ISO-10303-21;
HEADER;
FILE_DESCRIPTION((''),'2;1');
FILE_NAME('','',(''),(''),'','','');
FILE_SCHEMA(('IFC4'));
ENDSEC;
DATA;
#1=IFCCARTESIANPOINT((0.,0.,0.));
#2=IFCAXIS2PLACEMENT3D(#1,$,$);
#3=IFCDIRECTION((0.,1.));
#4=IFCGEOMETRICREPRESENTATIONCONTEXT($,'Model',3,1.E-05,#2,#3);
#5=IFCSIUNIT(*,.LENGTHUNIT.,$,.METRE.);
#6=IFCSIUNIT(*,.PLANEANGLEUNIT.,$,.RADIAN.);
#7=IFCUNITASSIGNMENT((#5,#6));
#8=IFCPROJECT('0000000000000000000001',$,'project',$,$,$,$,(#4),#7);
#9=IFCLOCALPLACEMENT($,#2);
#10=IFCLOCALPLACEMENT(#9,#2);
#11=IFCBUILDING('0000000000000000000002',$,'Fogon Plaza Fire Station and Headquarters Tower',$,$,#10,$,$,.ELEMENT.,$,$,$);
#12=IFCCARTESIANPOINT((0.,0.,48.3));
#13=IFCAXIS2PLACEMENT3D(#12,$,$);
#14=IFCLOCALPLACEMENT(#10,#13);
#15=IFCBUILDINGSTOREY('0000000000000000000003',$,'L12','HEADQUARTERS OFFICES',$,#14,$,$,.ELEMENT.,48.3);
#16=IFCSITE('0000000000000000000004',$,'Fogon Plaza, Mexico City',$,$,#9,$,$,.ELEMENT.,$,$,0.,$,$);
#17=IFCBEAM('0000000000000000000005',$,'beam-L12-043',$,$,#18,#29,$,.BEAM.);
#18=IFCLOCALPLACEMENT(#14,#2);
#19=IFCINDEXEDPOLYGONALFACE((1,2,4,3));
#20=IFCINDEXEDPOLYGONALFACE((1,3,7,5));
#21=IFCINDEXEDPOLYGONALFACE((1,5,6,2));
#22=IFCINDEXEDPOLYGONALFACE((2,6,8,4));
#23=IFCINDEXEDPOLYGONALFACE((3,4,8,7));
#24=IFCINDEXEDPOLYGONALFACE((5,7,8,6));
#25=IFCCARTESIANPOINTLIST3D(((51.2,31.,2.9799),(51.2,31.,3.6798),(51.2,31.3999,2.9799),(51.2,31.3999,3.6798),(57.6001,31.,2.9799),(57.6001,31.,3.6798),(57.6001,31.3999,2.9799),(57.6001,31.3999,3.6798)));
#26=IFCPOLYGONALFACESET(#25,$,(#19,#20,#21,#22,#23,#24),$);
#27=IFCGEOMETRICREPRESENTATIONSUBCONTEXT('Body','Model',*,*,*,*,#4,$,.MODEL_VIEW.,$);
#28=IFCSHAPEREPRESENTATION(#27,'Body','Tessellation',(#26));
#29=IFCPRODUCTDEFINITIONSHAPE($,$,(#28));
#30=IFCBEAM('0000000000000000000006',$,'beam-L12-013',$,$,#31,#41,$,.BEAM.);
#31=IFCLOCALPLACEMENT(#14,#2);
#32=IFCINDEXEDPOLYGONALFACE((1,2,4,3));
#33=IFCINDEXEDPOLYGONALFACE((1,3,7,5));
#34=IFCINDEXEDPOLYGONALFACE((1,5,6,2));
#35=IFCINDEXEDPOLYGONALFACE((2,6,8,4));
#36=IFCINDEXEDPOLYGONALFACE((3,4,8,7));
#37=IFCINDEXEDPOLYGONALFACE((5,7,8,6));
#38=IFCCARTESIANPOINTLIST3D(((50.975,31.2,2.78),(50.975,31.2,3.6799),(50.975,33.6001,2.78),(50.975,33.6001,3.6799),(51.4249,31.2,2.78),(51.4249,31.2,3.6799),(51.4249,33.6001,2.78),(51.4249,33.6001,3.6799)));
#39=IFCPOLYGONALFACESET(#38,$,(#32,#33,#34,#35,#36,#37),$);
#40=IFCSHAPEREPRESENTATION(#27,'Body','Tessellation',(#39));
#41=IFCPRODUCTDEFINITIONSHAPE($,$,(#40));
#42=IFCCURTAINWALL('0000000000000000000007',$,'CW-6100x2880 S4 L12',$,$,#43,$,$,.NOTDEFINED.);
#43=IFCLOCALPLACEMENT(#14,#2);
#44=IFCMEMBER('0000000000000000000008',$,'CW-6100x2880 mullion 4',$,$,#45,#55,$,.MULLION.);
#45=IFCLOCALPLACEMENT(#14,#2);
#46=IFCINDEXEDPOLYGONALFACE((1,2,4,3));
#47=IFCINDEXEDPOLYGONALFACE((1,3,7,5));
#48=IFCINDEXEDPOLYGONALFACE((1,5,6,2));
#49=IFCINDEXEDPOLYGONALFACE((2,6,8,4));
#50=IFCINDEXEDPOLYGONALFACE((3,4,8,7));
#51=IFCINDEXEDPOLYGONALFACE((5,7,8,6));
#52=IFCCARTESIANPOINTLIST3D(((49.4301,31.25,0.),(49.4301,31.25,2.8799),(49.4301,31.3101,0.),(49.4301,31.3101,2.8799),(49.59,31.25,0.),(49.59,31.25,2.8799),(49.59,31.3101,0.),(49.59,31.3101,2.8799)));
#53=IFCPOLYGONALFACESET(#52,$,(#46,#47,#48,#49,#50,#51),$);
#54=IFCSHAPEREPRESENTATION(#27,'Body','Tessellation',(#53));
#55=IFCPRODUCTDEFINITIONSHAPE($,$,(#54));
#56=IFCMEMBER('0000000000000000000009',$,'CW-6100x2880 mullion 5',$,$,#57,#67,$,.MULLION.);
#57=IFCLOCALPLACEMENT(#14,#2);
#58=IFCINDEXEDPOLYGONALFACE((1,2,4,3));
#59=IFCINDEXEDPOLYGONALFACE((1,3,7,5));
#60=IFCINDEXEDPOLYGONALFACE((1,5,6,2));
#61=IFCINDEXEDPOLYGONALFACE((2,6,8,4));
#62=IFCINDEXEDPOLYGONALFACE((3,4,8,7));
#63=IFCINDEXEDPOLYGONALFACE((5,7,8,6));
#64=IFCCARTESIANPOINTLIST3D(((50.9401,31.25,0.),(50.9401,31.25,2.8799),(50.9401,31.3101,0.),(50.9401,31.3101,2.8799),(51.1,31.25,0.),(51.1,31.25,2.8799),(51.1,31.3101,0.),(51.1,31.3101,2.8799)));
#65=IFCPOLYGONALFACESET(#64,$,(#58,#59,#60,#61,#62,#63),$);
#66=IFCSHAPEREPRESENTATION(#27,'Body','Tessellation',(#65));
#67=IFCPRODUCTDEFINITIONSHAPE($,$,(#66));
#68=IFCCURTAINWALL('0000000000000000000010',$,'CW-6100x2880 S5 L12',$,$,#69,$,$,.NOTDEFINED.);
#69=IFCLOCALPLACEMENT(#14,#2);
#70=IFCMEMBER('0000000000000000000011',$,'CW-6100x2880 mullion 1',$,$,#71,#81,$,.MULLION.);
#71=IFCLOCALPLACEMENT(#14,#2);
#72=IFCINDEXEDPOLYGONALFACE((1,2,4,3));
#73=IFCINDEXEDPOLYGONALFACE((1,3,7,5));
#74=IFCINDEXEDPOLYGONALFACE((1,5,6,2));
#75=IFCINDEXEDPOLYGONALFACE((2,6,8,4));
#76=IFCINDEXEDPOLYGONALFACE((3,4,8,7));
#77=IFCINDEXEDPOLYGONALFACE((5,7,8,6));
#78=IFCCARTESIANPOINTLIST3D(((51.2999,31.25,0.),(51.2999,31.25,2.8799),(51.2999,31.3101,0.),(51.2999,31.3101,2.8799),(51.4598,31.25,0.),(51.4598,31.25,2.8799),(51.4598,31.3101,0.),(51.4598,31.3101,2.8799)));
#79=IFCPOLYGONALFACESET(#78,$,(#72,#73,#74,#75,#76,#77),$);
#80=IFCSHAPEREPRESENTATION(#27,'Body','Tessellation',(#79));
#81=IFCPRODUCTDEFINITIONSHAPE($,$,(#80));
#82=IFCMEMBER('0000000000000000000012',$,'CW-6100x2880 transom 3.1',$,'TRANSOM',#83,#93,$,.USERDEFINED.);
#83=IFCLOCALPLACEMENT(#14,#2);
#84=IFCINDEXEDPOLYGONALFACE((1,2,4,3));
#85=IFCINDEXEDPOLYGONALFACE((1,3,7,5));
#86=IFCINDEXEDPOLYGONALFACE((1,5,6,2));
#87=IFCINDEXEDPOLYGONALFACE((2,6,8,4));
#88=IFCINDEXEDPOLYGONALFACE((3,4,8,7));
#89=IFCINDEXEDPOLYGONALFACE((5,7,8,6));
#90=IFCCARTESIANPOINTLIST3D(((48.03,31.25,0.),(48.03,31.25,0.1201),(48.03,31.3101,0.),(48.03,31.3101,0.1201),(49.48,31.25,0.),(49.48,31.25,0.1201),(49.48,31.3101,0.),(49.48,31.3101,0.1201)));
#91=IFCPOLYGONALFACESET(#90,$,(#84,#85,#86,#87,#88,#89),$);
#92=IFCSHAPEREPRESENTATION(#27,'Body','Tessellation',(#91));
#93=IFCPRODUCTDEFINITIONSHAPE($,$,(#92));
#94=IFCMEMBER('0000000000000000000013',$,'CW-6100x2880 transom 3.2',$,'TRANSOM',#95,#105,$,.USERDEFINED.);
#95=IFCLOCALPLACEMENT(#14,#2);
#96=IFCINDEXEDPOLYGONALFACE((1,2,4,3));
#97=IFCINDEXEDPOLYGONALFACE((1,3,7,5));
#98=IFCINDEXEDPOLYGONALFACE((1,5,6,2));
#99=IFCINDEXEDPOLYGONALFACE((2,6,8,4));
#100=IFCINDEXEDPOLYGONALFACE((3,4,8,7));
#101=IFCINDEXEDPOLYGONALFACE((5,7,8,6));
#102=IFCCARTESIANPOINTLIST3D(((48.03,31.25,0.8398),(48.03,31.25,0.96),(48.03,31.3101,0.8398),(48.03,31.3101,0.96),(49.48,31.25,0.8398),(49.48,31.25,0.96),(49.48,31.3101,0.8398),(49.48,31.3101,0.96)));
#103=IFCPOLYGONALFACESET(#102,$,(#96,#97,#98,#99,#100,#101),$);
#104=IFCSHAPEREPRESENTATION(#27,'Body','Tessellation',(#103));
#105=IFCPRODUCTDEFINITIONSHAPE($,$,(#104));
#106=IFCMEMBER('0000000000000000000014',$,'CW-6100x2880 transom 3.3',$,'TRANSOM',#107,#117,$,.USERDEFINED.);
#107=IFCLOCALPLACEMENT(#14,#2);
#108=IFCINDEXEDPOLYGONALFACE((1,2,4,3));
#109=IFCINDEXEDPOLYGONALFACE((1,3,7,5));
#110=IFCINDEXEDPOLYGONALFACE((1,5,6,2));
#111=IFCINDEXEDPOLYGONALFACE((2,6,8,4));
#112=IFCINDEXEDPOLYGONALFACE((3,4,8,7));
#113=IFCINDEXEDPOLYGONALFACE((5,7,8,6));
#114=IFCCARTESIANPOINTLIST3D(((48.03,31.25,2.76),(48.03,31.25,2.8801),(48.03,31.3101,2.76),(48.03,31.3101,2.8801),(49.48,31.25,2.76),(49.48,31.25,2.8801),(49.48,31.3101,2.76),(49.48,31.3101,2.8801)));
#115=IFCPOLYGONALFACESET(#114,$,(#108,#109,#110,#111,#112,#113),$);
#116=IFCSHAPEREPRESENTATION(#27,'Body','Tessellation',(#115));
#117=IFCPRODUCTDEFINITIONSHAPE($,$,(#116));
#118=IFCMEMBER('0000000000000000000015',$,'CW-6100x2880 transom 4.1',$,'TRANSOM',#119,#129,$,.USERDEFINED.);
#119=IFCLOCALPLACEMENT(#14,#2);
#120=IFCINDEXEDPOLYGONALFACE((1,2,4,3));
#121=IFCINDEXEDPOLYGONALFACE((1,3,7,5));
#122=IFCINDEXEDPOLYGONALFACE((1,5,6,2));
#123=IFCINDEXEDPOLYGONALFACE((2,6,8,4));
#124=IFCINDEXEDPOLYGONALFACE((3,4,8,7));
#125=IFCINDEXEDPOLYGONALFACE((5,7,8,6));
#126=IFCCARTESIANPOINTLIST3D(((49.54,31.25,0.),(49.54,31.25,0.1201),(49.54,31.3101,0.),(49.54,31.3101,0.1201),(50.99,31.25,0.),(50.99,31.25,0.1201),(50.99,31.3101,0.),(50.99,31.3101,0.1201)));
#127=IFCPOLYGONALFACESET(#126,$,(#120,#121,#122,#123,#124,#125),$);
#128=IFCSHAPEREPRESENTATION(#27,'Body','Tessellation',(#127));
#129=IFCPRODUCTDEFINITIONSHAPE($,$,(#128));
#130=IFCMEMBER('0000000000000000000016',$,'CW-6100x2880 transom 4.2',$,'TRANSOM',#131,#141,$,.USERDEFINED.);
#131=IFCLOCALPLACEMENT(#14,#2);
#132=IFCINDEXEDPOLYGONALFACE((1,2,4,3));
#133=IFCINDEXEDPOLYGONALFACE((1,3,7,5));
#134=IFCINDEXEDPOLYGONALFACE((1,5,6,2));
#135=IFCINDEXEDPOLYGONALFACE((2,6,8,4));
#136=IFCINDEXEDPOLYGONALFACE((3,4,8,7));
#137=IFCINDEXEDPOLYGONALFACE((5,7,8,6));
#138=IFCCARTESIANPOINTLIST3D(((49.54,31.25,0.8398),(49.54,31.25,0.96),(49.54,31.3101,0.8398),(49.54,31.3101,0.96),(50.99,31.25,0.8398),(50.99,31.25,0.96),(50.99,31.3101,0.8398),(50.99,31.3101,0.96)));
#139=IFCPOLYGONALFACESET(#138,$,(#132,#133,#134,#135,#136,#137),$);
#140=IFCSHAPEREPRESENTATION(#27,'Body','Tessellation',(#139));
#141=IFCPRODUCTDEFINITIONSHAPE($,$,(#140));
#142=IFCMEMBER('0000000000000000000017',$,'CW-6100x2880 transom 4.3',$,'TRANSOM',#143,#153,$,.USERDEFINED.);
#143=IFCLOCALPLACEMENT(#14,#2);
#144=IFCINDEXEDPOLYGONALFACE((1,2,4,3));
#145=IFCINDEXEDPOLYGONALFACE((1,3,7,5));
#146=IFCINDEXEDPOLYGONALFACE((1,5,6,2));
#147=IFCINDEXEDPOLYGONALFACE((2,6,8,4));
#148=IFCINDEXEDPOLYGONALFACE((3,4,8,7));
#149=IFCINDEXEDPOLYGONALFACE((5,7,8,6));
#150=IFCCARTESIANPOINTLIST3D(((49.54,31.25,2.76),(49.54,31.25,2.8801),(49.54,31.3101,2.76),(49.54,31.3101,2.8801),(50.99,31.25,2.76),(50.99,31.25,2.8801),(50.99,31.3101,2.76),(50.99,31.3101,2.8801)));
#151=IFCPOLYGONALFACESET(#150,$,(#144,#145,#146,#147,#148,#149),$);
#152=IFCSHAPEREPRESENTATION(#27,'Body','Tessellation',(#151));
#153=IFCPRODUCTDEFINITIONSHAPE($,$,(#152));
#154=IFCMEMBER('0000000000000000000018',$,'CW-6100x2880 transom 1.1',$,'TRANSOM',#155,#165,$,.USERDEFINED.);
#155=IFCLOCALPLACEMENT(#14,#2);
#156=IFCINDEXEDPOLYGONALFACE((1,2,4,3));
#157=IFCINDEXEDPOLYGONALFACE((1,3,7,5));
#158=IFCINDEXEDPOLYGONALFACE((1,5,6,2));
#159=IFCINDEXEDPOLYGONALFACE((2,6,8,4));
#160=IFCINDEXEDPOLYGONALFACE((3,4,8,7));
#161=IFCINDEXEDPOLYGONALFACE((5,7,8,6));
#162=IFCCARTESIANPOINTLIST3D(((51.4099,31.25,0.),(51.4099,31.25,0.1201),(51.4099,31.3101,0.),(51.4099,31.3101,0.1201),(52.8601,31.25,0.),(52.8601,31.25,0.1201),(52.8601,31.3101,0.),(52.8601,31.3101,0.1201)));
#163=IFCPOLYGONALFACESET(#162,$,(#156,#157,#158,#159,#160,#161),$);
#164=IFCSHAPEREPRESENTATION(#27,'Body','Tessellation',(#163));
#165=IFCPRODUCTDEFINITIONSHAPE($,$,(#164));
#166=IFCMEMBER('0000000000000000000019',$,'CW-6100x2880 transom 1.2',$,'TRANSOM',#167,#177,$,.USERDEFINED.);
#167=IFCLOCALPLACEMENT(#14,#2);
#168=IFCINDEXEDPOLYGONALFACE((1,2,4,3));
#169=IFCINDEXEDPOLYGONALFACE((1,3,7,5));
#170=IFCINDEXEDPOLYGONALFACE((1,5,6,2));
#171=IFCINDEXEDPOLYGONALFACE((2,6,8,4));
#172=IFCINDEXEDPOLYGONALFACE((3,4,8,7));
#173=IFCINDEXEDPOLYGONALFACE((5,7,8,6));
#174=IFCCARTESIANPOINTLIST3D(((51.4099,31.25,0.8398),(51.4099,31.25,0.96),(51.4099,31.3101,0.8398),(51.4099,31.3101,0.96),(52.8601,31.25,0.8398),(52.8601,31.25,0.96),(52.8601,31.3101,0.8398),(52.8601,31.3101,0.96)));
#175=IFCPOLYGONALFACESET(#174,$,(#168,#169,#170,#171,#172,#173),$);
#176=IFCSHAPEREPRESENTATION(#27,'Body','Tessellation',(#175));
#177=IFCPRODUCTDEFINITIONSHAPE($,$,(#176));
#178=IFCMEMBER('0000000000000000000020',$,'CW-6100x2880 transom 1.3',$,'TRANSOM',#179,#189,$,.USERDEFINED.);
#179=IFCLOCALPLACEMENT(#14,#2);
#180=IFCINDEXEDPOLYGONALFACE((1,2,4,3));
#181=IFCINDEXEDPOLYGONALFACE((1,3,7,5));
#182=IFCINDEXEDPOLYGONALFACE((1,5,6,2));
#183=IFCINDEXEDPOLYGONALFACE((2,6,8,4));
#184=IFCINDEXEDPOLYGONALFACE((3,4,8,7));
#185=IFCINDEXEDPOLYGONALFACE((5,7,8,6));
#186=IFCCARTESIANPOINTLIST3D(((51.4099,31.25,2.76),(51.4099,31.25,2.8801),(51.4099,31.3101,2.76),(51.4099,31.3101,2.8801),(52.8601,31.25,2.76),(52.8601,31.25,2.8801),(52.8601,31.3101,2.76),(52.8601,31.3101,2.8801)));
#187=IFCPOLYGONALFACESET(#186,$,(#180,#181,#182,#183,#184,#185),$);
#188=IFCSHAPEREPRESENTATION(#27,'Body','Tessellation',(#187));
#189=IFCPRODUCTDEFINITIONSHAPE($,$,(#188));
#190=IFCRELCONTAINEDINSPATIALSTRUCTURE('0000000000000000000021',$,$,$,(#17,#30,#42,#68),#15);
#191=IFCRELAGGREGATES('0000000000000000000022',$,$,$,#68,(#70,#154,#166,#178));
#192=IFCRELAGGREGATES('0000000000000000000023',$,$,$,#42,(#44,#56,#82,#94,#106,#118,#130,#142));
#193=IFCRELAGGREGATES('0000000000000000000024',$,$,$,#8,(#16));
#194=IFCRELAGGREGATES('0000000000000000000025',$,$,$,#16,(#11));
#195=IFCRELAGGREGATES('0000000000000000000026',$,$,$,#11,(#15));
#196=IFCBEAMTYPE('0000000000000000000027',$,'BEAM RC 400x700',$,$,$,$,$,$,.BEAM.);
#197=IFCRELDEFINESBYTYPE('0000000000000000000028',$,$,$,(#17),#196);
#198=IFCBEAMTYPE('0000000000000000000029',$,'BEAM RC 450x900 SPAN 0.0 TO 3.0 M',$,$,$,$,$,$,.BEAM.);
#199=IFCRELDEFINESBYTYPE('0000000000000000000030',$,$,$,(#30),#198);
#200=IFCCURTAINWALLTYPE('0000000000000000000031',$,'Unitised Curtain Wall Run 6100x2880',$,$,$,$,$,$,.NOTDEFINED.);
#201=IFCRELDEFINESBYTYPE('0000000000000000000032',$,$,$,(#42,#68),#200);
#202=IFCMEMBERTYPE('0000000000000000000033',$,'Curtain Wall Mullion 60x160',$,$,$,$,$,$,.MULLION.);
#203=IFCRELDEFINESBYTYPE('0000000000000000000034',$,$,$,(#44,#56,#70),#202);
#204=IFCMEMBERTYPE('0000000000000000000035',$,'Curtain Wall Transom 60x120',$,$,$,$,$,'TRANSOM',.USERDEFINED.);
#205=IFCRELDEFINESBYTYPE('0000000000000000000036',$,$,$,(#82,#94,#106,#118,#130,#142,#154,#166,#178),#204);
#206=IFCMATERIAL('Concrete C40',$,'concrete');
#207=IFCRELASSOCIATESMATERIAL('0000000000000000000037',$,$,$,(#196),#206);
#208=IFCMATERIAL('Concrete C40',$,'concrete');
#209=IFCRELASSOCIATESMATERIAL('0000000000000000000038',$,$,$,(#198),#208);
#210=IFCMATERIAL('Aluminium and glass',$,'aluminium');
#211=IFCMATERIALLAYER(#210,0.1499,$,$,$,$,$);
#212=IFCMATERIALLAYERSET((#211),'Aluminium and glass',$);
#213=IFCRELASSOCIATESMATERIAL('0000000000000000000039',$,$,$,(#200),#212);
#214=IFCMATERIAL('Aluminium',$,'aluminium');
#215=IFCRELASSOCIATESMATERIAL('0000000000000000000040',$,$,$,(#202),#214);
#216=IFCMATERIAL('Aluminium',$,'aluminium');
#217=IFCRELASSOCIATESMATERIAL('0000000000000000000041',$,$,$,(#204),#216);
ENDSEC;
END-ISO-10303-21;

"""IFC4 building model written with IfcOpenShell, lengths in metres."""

from ifc_helpers import new_model, si_unit, direction, frame, origin, origin_2d, place, context, subcontext, project, spatial, rectangle, extrude, material, layer, layer_set, material_profile, profile_set, type_object, element, aggregate, save


model = new_model("IFC4")

# Units and contexts
model_context = context("Model", 3, precision=1e-05, world=origin(), true_north=direction((0.0, 1.0)))
body_context = subcontext(model_context, "Body", "Model", "MODEL_VIEW")
ifc_project = project(units=[si_unit("LENGTHUNIT", "METRE"), si_unit("PLANEANGLEUNIT", "RADIAN")], contexts=[model_context])

# Site, building, storey
site_placement = place(None, origin())
site = spatial("IfcSite", under=ifc_project, at=site_placement, Name="Fogon Plaza, Mexico City", CompositionType="ELEMENT", RefElevation=0.0)
building_placement = place(site_placement, origin())
building = spatial("IfcBuilding", under=site, at=building_placement, Name="Fogon Plaza Fire Station and Headquarters Tower", CompositionType="ELEMENT")
storey_placement = place(building_placement, frame((0.0, 0.0, 48.3)))
storey = spatial("IfcBuildingStorey", under=building, at=storey_placement, Name="L12", Description="HEADQUARTERS OFFICES", CompositionType="ELEMENT", Elevation=48.3)

# Beams
ifc_material_1 = material(Name="Concrete C40", Category="concrete")
ifc_material_profile_1 = material_profile(ifc_material_1, rectangle(XDim=0.3999, YDim=0.7, at=origin_2d()), Name="RC 400x700")
ifc_profile_set_1 = profile_set([ifc_material_profile_1], Name="Concrete C40")
beam_type_1 = type_object("IfcBeamType", Name="BEAM RC 400x700", PredefinedType="BEAM", material=ifc_profile_set_1)
beam_1_placement = place(storey_placement, frame((51.2, 31.2, 3.3298), z_axis=(1.0, 0.0, 0.0), x_axis=(0.0, 1.0, 0.0)))
element("IfcBeam", 1, at=beam_1_placement, inside=storey, type_object=beam_type_1, Name="beam-L12-043", PredefinedType="BEAM", context=body_context, shape_type="SweptSolid", body=[
    extrude(rectangle(XDim=0.3999, YDim=0.7, at=origin_2d()), origin(), (0.0, 0.0, 1.0), 6.4001),
])
ifc_material_2 = material(Name="Concrete C40", Category="concrete")
ifc_material_profile_2 = material_profile(ifc_material_2, rectangle(XDim=0.45, YDim=0.8999, at=origin_2d()), Name="RC 450x900")
ifc_profile_set_2 = profile_set([ifc_material_profile_2], Name="Concrete C40")
beam_type_2 = type_object("IfcBeamType", Name="BEAM RC 450x900 SPAN 0.0 TO 3.0 M", PredefinedType="BEAM", material=ifc_profile_set_2)
beam_2_placement = place(storey_placement, frame((51.2, 31.2, 3.23), z_axis=(0.0, 1.0, 0.0), x_axis=(-1.0, 0.0, 0.0)))
element("IfcBeam", 2, at=beam_2_placement, inside=storey, type_object=beam_type_2, Name="beam-L12-013", PredefinedType="BEAM", context=body_context, shape_type="SweptSolid", body=[
    extrude(rectangle(XDim=0.45, YDim=0.8999, at=origin_2d()), origin(), (0.0, 0.0, 1.0), 2.4001),
])

# Curtain wall, members
ifc_material_3 = material(Name="Aluminium and glass", Category="aluminium")
ifc_layer_1 = layer(ifc_material_3, 0.1499)
ifc_layer_set_1 = layer_set([ifc_layer_1], Name="Aluminium and glass")
curtain_wall_type = type_object("IfcCurtainWallType", Name="Unitised Curtain Wall Run 6100x2880", PredefinedType="NOTDEFINED", material=ifc_layer_set_1)
curtain_wall_1_placement = place(storey_placement, origin())
curtain_wall_1 = element("IfcCurtainWall", 3, at=curtain_wall_1_placement, inside=storey, type_object=curtain_wall_type, Name="CW-6100x2880 S4 L12", PredefinedType="NOTDEFINED")
ifc_material_4 = material(Name="Aluminium", Category="aluminium")
ifc_material_profile_3 = material_profile(ifc_material_4, rectangle(XDim=0.0601, YDim=0.1599, at=origin_2d()), Name="Curtain Wall Mullion 60x160")
ifc_profile_set_3 = profile_set([ifc_material_profile_3], Name="Aluminium")
member_type_1 = type_object("IfcMemberType", Name="Curtain Wall Mullion 60x160", PredefinedType="MULLION", material=ifc_profile_set_3)
member_1_placement = place(storey_placement, frame((49.51, 31.28, 0.0), z_axis=(0.0, 0.0, 1.0), x_axis=(0.0, 1.0, 0.0)))
member_1 = element("IfcMember", 4, at=member_1_placement, type_object=member_type_1, Name="CW-6100x2880 mullion 4", PredefinedType="MULLION", context=body_context, shape_type="SweptSolid", body=[
    extrude(rectangle(XDim=0.0601, YDim=0.1599, at=origin_2d()), origin(), (0.0, 0.0, 1.0), 2.8799),
])
member_2_placement = place(storey_placement, frame((51.02, 31.28, 0.0), z_axis=(0.0, 0.0, 1.0), x_axis=(0.0, 1.0, 0.0)))
member_2 = element("IfcMember", 5, at=member_2_placement, type_object=member_type_1, Name="CW-6100x2880 mullion 5", PredefinedType="MULLION", context=body_context, shape_type="SweptSolid", body=[
    extrude(rectangle(XDim=0.0601, YDim=0.1599, at=origin_2d()), origin(), (0.0, 0.0, 1.0), 2.8799),
])

# Curtain wall, member
curtain_wall_2_placement = place(storey_placement, origin())
curtain_wall_2 = element("IfcCurtainWall", 6, at=curtain_wall_2_placement, inside=storey, type_object=curtain_wall_type, Name="CW-6100x2880 S5 L12", PredefinedType="NOTDEFINED")
member_3_placement = place(storey_placement, frame((51.3799, 31.28, 0.0), z_axis=(0.0, 0.0, 1.0), x_axis=(0.0, 1.0, 0.0)))
member_3 = element("IfcMember", 7, at=member_3_placement, type_object=member_type_1, Name="CW-6100x2880 mullion 1", PredefinedType="MULLION", context=body_context, shape_type="SweptSolid", body=[
    extrude(rectangle(XDim=0.0601, YDim=0.1599, at=origin_2d()), origin(), (0.0, 0.0, 1.0), 2.8799),
])

# Members
ifc_material_5 = material(Name="Aluminium", Category="aluminium")
ifc_material_profile_4 = material_profile(ifc_material_5, rectangle(XDim=0.0601, YDim=0.1201, at=origin_2d()), Name="Curtain Wall Transom 60x120")
ifc_profile_set_4 = profile_set([ifc_material_profile_4], Name="Aluminium")
member_type_2 = type_object("IfcMemberType", Name="Curtain Wall Transom 60x120", ElementType="TRANSOM", PredefinedType="USERDEFINED", material=ifc_profile_set_4)
member_4_placement = place(storey_placement, frame((48.03, 31.28, 0.0601), z_axis=(1.0, 0.0, 0.0), x_axis=(0.0, 1.0, 0.0)))
member_4 = element("IfcMember", 8, at=member_4_placement, type_object=member_type_2, Name="CW-6100x2880 transom 3.1", ObjectType="TRANSOM", PredefinedType="USERDEFINED", context=body_context, shape_type="SweptSolid", body=[
    extrude(rectangle(XDim=0.0601, YDim=0.1201, at=origin_2d()), origin(), (0.0, 0.0, 1.0), 1.45),
])
member_5_placement = place(storey_placement, frame((48.03, 31.28, 0.8999), z_axis=(1.0, 0.0, 0.0), x_axis=(0.0, 1.0, 0.0)))
member_5 = element("IfcMember", 9, at=member_5_placement, type_object=member_type_2, Name="CW-6100x2880 transom 3.2", ObjectType="TRANSOM", PredefinedType="USERDEFINED", context=body_context, shape_type="SweptSolid", body=[
    extrude(rectangle(XDim=0.0601, YDim=0.1201, at=origin_2d()), origin(), (0.0, 0.0, 1.0), 1.45),
])
member_6_placement = place(storey_placement, frame((48.03, 31.28, 2.8201), z_axis=(1.0, 0.0, 0.0), x_axis=(0.0, 1.0, 0.0)))
member_6 = element("IfcMember", 10, at=member_6_placement, type_object=member_type_2, Name="CW-6100x2880 transom 3.3", ObjectType="TRANSOM", PredefinedType="USERDEFINED", context=body_context, shape_type="SweptSolid", body=[
    extrude(rectangle(XDim=0.0601, YDim=0.1201, at=origin_2d()), origin(), (0.0, 0.0, 1.0), 1.45),
])
member_7_placement = place(storey_placement, frame((49.54, 31.28, 0.0601), z_axis=(1.0, 0.0, 0.0), x_axis=(0.0, 1.0, 0.0)))
member_7 = element("IfcMember", 11, at=member_7_placement, type_object=member_type_2, Name="CW-6100x2880 transom 4.1", ObjectType="TRANSOM", PredefinedType="USERDEFINED", context=body_context, shape_type="SweptSolid", body=[
    extrude(rectangle(XDim=0.0601, YDim=0.1201, at=origin_2d()), origin(), (0.0, 0.0, 1.0), 1.45),
])
member_8_placement = place(storey_placement, frame((49.54, 31.28, 0.8999), z_axis=(1.0, 0.0, 0.0), x_axis=(0.0, 1.0, 0.0)))
member_8 = element("IfcMember", 12, at=member_8_placement, type_object=member_type_2, Name="CW-6100x2880 transom 4.2", ObjectType="TRANSOM", PredefinedType="USERDEFINED", context=body_context, shape_type="SweptSolid", body=[
    extrude(rectangle(XDim=0.0601, YDim=0.1201, at=origin_2d()), origin(), (0.0, 0.0, 1.0), 1.45),
])
member_9_placement = place(storey_placement, frame((49.54, 31.28, 2.8201), z_axis=(1.0, 0.0, 0.0), x_axis=(0.0, 1.0, 0.0)))
member_9 = element("IfcMember", 13, at=member_9_placement, type_object=member_type_2, Name="CW-6100x2880 transom 4.3", ObjectType="TRANSOM", PredefinedType="USERDEFINED", context=body_context, shape_type="SweptSolid", body=[
    extrude(rectangle(XDim=0.0601, YDim=0.1201, at=origin_2d()), origin(), (0.0, 0.0, 1.0), 1.45),
])
member_10_placement = place(storey_placement, frame((51.4099, 31.28, 0.0601), z_axis=(1.0, 0.0, 0.0), x_axis=(0.0, 1.0, 0.0)))
member_10 = element("IfcMember", 14, at=member_10_placement, type_object=member_type_2, Name="CW-6100x2880 transom 1.1", ObjectType="TRANSOM", PredefinedType="USERDEFINED", context=body_context, shape_type="SweptSolid", body=[
    extrude(rectangle(XDim=0.0601, YDim=0.1201, at=origin_2d()), origin(), (0.0, 0.0, 1.0), 1.4502),
])
member_11_placement = place(storey_placement, frame((51.4099, 31.28, 0.8999), z_axis=(1.0, 0.0, 0.0), x_axis=(0.0, 1.0, 0.0)))
member_11 = element("IfcMember", 15, at=member_11_placement, type_object=member_type_2, Name="CW-6100x2880 transom 1.2", ObjectType="TRANSOM", PredefinedType="USERDEFINED", context=body_context, shape_type="SweptSolid", body=[
    extrude(rectangle(XDim=0.0601, YDim=0.1201, at=origin_2d()), origin(), (0.0, 0.0, 1.0), 1.4502),
])
member_12_placement = place(storey_placement, frame((51.4099, 31.28, 2.8201), z_axis=(1.0, 0.0, 0.0), x_axis=(0.0, 1.0, 0.0)))
member_12 = element("IfcMember", 16, at=member_12_placement, type_object=member_type_2, Name="CW-6100x2880 transom 1.3", ObjectType="TRANSOM", PredefinedType="USERDEFINED", context=body_context, shape_type="SweptSolid", body=[
    extrude(rectangle(XDim=0.0601, YDim=0.1201, at=origin_2d()), origin(), (0.0, 0.0, 1.0), 1.4502),
])
aggregate(curtain_wall_2, [member_3, member_10, member_11, member_12])

aggregate(curtain_wall_1, [member_1, member_2, member_4, member_5, member_6, member_7, member_8, member_9])

save(model, "model.ifc")
